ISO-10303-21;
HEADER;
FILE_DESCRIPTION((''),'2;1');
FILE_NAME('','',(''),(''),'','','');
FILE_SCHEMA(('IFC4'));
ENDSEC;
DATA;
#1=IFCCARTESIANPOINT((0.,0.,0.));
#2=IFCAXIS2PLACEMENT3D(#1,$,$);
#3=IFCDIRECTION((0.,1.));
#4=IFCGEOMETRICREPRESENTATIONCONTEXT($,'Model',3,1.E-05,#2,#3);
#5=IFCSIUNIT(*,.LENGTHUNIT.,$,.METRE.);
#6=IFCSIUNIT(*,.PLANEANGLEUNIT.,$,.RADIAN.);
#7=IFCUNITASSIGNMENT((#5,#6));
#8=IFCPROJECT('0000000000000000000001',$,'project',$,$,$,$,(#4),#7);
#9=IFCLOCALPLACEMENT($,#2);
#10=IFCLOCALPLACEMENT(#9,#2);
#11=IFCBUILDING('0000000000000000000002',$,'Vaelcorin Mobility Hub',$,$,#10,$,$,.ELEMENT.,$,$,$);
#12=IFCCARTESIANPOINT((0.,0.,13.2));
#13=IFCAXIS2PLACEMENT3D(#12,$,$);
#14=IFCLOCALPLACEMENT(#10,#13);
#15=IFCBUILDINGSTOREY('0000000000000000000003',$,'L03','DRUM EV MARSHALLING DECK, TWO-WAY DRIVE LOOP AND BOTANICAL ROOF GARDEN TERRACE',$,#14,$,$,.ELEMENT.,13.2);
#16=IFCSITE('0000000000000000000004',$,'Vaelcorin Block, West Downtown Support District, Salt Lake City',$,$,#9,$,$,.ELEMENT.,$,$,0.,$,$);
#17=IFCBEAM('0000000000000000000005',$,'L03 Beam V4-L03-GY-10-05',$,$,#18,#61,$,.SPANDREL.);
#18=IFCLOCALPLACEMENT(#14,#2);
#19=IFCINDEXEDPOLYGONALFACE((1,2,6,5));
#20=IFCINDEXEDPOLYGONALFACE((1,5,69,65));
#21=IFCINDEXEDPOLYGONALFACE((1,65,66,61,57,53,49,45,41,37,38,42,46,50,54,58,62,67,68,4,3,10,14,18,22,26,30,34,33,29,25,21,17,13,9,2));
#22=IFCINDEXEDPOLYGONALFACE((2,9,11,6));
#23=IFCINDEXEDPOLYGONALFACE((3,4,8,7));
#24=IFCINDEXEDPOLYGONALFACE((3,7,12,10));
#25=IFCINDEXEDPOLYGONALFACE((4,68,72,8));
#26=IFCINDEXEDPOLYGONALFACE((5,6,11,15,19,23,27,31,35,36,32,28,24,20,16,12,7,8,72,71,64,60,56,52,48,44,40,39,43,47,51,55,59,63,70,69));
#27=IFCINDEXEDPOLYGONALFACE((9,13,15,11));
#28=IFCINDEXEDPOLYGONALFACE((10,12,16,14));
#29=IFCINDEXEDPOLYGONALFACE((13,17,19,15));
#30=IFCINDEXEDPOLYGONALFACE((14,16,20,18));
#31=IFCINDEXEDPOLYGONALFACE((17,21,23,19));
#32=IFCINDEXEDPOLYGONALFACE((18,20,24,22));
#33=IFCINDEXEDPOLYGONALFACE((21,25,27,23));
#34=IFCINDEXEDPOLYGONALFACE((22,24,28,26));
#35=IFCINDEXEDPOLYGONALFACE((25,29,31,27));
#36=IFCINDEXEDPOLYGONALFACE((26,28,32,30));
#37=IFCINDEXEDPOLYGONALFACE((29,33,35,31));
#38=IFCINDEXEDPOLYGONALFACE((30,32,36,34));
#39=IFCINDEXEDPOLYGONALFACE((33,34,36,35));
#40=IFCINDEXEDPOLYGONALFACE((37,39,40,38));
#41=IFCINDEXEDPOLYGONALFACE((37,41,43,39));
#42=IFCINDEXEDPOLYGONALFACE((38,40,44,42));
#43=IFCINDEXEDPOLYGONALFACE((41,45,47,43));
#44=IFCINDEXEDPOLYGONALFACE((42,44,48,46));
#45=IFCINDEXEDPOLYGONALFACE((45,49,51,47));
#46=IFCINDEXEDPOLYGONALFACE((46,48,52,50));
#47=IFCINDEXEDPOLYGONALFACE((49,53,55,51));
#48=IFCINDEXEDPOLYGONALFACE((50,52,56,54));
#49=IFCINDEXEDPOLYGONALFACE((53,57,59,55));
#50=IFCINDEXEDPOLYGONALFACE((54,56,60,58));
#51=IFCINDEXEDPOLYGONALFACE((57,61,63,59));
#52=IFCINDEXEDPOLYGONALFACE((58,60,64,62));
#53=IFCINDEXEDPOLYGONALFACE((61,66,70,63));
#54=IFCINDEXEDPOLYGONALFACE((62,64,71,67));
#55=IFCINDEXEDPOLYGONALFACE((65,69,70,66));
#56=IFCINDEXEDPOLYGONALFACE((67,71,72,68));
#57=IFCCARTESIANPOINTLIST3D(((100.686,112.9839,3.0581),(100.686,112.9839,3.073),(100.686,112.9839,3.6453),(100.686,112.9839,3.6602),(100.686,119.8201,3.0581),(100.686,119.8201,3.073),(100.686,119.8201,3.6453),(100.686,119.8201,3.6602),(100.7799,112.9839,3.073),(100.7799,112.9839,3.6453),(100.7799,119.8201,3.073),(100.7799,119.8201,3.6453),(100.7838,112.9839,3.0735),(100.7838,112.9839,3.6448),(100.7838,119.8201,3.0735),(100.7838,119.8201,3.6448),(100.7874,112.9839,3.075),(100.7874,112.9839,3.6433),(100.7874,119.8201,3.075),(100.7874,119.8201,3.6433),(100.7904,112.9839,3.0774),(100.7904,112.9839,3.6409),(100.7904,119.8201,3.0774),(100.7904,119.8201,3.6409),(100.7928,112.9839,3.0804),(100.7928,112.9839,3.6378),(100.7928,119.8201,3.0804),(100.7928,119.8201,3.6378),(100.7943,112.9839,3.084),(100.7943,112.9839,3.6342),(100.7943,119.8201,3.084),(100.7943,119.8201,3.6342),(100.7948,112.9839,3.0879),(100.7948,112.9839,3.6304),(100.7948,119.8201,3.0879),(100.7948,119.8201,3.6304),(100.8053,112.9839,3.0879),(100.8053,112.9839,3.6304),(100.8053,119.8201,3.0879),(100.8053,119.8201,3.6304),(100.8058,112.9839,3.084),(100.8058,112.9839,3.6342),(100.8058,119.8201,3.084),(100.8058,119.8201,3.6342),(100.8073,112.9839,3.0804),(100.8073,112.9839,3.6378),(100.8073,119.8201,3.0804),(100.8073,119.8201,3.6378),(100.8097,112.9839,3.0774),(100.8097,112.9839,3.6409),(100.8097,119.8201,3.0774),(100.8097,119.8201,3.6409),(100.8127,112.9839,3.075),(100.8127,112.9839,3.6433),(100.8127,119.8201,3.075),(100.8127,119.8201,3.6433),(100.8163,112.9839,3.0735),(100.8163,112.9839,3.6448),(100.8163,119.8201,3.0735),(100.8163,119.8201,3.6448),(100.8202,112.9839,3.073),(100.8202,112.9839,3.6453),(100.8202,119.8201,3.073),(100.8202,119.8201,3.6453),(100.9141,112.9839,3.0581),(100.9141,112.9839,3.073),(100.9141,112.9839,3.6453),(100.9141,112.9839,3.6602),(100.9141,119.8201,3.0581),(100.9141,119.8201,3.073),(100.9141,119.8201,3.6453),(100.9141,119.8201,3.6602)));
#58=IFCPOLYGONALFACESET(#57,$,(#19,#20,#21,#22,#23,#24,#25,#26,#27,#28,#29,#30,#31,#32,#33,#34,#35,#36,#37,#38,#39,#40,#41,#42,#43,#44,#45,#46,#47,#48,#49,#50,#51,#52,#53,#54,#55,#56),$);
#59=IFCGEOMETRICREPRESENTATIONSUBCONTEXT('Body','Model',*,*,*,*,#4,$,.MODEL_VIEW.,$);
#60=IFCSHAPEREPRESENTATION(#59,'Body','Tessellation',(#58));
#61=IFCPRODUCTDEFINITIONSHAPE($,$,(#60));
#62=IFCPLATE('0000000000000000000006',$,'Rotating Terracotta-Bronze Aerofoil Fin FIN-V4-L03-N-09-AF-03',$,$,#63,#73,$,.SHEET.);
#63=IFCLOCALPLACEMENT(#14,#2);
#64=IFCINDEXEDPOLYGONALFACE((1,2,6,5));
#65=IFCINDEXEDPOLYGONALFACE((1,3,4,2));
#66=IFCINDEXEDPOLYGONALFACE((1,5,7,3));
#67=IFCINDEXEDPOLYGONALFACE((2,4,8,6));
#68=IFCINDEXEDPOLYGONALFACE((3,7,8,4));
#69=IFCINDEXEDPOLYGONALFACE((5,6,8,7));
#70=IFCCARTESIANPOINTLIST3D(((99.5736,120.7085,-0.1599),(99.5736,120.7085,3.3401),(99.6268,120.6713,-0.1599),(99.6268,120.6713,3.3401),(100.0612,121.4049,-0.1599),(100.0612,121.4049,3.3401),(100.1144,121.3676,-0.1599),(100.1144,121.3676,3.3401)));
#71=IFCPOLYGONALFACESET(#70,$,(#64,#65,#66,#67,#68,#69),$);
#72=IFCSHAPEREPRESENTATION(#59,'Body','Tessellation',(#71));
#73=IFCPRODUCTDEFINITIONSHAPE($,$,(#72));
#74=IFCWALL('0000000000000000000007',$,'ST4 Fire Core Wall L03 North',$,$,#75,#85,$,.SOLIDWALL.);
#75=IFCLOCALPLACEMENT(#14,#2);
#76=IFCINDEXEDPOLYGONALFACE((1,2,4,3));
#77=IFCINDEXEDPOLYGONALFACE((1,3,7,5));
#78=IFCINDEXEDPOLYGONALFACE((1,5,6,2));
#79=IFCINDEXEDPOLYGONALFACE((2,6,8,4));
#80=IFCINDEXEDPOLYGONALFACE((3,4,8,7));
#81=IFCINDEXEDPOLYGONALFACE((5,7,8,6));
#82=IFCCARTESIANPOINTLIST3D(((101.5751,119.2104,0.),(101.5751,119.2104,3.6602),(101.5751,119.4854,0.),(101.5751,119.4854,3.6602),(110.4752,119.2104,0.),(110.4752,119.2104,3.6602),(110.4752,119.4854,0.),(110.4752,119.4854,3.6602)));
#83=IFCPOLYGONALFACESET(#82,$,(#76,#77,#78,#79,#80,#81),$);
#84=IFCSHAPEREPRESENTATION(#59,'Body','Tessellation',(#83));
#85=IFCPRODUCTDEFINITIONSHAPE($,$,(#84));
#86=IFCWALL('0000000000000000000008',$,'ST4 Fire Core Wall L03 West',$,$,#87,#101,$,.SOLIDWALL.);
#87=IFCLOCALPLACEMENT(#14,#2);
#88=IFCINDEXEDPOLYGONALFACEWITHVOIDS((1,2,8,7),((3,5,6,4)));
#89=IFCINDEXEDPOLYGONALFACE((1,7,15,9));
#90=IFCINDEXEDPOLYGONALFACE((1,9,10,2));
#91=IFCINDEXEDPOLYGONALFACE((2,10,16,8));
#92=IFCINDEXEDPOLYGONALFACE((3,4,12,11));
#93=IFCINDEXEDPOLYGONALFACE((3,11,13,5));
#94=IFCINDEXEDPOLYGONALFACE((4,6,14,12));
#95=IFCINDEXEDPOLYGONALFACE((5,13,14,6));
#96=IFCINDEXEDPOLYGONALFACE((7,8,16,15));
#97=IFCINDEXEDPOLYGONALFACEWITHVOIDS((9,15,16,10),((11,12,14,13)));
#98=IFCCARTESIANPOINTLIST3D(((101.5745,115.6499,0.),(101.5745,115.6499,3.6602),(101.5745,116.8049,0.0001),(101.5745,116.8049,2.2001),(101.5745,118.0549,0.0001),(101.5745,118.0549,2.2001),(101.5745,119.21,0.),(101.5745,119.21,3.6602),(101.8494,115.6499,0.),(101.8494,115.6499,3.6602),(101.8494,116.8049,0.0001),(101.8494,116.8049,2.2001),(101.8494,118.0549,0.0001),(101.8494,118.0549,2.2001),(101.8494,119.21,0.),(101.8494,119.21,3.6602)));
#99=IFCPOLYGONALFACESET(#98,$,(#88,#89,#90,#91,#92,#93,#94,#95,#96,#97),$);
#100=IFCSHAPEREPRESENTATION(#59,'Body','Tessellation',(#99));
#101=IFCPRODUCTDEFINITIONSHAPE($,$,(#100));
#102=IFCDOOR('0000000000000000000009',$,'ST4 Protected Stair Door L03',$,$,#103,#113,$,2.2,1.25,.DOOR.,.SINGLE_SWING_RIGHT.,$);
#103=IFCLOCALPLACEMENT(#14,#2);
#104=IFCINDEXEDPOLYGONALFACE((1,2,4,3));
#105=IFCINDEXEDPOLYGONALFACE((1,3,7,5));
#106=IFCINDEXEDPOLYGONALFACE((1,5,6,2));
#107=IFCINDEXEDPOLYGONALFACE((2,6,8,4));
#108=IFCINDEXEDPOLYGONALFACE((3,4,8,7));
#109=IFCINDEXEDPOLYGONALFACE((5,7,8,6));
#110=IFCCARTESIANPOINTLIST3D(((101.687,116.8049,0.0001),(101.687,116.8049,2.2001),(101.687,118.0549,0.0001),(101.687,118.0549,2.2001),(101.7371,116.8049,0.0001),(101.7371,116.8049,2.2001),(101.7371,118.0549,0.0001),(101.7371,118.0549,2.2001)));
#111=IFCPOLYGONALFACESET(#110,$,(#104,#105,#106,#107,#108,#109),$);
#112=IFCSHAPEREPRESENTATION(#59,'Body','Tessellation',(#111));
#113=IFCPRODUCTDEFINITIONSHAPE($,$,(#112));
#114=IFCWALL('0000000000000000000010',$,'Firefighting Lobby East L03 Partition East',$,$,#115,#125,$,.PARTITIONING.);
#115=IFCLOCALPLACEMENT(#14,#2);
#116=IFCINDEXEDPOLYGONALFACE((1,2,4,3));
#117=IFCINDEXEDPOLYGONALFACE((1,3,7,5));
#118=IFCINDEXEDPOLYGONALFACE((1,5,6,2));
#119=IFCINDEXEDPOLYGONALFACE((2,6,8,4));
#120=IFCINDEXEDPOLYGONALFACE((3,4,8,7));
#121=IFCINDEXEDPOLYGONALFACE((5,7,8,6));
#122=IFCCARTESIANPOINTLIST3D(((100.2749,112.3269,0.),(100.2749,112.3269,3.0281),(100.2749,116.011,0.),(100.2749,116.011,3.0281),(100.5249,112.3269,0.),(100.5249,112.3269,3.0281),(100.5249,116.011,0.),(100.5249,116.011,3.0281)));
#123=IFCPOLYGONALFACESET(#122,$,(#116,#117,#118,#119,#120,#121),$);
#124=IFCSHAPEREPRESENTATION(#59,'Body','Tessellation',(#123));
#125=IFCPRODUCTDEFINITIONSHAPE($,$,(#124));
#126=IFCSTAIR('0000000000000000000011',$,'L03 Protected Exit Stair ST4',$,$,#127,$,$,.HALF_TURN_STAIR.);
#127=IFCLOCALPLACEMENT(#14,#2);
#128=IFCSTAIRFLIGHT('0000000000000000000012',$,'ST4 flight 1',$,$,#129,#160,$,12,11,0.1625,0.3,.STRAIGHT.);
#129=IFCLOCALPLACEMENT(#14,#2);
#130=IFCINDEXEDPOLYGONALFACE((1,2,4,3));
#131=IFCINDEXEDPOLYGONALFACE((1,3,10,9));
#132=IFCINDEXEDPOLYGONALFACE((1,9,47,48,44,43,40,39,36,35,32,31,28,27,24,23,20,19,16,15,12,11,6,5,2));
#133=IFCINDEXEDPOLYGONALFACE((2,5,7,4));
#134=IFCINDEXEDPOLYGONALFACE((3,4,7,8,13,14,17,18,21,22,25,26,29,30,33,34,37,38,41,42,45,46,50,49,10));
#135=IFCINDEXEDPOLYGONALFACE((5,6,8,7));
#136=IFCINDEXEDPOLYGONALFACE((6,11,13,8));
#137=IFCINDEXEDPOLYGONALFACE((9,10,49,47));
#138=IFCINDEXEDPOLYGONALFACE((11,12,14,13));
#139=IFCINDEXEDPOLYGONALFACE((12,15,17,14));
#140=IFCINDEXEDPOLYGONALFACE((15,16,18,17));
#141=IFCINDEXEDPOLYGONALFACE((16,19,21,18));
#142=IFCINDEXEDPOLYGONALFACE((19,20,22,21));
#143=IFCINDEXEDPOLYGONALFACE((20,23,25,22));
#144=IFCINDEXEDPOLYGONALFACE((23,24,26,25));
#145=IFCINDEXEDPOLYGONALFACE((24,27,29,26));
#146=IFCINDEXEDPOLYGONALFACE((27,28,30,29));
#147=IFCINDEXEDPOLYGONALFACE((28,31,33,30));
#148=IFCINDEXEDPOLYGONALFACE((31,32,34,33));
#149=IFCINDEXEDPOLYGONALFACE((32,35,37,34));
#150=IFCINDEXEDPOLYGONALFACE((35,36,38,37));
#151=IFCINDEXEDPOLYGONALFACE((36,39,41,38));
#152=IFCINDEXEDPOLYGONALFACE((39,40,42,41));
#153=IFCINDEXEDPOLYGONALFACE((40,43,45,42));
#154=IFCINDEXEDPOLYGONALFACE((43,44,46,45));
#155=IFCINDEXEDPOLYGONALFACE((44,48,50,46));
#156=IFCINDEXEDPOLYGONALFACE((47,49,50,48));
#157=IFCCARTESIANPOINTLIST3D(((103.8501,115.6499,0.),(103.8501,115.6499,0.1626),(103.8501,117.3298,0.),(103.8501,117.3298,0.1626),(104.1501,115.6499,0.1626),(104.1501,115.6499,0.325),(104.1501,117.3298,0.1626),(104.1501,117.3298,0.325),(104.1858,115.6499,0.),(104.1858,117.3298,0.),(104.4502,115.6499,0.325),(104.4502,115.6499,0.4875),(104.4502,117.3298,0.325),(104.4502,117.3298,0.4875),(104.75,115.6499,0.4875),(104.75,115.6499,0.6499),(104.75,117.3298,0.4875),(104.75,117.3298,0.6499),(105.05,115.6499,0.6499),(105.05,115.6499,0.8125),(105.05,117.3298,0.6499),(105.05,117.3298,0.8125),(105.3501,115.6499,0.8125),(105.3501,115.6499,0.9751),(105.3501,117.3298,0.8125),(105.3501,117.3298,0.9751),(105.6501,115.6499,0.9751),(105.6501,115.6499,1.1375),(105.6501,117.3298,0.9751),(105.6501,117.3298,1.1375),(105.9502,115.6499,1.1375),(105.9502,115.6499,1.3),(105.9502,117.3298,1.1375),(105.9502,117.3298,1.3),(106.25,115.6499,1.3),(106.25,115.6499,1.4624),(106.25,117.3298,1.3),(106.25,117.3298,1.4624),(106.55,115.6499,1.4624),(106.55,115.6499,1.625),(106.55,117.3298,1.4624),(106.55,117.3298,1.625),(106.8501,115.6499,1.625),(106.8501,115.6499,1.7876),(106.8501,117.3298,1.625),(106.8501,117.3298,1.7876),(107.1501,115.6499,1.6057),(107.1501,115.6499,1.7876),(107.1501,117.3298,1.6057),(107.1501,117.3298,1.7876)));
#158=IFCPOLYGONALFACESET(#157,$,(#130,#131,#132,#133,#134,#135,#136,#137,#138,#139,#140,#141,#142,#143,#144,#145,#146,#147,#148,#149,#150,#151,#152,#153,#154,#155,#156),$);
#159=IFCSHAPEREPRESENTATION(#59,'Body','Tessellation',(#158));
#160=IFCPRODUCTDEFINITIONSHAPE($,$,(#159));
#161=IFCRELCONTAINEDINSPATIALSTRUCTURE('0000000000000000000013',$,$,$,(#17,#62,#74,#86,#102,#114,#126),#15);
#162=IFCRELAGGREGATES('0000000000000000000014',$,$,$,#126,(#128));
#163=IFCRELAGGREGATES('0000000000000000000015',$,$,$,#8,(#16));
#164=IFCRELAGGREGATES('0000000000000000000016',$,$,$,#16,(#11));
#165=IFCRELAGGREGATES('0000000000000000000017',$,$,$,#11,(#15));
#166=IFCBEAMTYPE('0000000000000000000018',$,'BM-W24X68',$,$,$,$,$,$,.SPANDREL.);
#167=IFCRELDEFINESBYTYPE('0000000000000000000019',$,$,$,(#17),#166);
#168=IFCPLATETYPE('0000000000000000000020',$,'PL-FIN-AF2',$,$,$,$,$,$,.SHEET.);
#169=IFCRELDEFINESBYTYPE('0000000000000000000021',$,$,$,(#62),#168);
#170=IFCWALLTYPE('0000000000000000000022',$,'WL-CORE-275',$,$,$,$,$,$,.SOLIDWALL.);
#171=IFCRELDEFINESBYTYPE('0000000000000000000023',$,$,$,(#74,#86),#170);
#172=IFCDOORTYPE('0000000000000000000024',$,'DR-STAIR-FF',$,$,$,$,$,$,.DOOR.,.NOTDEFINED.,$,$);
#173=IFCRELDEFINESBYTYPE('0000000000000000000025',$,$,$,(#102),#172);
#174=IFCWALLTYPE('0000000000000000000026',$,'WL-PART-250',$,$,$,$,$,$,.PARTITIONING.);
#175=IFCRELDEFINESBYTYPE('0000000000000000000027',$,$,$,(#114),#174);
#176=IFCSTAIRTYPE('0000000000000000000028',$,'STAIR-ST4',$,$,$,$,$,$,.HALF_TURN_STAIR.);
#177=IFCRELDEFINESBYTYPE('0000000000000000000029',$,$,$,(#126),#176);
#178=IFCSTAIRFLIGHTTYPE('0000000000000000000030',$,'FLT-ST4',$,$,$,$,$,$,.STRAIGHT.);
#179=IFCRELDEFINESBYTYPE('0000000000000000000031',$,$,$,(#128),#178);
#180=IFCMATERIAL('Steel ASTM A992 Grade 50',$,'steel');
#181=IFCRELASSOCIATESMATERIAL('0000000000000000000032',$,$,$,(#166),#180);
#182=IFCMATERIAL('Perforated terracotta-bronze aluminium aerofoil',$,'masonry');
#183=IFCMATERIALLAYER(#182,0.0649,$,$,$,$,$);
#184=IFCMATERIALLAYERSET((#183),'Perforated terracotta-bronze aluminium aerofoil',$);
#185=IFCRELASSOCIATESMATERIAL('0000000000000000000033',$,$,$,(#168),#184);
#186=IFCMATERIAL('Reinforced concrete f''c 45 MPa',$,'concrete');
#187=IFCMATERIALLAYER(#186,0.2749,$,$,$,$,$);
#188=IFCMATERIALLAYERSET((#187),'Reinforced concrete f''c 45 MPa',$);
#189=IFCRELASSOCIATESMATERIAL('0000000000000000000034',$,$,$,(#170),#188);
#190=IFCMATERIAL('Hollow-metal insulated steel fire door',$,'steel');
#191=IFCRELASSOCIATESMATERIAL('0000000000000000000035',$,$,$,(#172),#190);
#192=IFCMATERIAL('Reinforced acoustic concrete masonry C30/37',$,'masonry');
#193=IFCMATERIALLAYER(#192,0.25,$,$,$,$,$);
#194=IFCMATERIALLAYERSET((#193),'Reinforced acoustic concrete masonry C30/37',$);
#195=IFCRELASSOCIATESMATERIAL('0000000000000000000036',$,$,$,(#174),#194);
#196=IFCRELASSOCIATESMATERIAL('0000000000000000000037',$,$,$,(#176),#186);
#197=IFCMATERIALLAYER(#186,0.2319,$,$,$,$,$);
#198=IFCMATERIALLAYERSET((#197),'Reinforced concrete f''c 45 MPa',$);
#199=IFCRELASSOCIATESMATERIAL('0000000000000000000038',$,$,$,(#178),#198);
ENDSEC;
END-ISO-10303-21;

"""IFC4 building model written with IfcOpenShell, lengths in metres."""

from ifc_helpers import new_model, si_unit, direction, frame, frame_2d, origin, origin_2d, place, context, subcontext, project, spatial, polyline, rectangle, i_section, outline, extrude, material, layer, layer_set, material_profile, profile_set, type_object, element, fill, aggregate, save


model = new_model("IFC4")

# Units and contexts
model_context = context("Model", 3, precision=1e-05, world=origin(), true_north=direction((0.0, 1.0)))
body_context = subcontext(model_context, "Body", "Model", "MODEL_VIEW")
ifc_project = project(units=[si_unit("LENGTHUNIT", "METRE"), si_unit("PLANEANGLEUNIT", "RADIAN")], contexts=[model_context])

# Site, building, storey
site_placement = place(None, origin())
site = spatial("IfcSite", under=ifc_project, at=site_placement, Name="Vaelcorin Block, West Downtown Support District, Salt Lake City", CompositionType="ELEMENT", RefElevation=0.0)
building_placement = place(site_placement, origin())
building = spatial("IfcBuilding", under=site, at=building_placement, Name="Vaelcorin Mobility Hub", CompositionType="ELEMENT")
storey_placement = place(building_placement, frame((0.0, 0.0, 13.2)))
storey = spatial("IfcBuildingStorey", under=building, at=storey_placement, Name="L03", Description="DRUM EV MARSHALLING DECK, TWO-WAY DRIVE LOOP AND BOTANICAL ROOF GARDEN TERRACE", CompositionType="ELEMENT", Elevation=13.2)

# Shared definitions
ifc_material_1 = material(Name="Steel ASTM A992 Grade 50", Category="steel")

# Beam
ifc_material_profile_1 = material_profile(ifc_material_1, i_section(OverallWidth=0.228, OverallDepth=0.6021, WebThickness=0.0105, FlangeThickness=0.0149, FilletRadius=0.0149, at=origin_2d()), Name="W24X68")
ifc_profile_set_1 = profile_set([ifc_material_profile_1], Name="Steel ASTM A992 Grade 50")
beam_type = type_object("IfcBeamType", Name="BM-W24X68", PredefinedType="SPANDREL", material=ifc_profile_set_1)
beam_placement = place(storey_placement, frame((100.8, 112.9839, 3.3591), z_axis=(0.0, 1.0, 0.0), x_axis=(-1.0, 0.0, 0.0)))
element("IfcBeam", 1, at=beam_placement, inside=storey, type_object=beam_type, Name="L03 Beam V4-L03-GY-10-05", PredefinedType="SPANDREL", context=body_context, shape_type="SweptSolid", body=[
    extrude(i_section(OverallWidth=0.228, OverallDepth=0.6021, WebThickness=0.0105, FlangeThickness=0.0149, FilletRadius=0.0149, at=origin_2d()), origin(), (0.0, 0.0, 1.0), 6.8362),
])

# Plate
ifc_material_2 = material(Name="Perforated terracotta-bronze aluminium aerofoil", Category="masonry")
ifc_layer_1 = layer(ifc_material_2, 0.0649)
ifc_layer_set_1 = layer_set([ifc_layer_1], Name="Perforated terracotta-bronze aluminium aerofoil")
plate_type = type_object("IfcPlateType", Name="PL-FIN-AF2", PredefinedType="SHEET", material=ifc_layer_set_1)
plate_placement = place(storey_placement, frame((99.844, 121.0381, -0.1599), z_axis=(0.0, 0.0, 1.0), x_axis=(0.573576, 0.819152, 0.0)))
element("IfcPlate", 2, at=plate_placement, inside=storey, type_object=plate_type, Name="Rotating Terracotta-Bronze Aerofoil Fin FIN-V4-L03-N-09-AF-03", PredefinedType="SHEET", context=body_context, shape_type="SweptSolid", body=[
    extrude(rectangle(XDim=0.8501, YDim=0.0649, at=origin_2d()), origin(), (0.0, 0.0, 1.0), 3.5),
])

# Wall
ifc_material_3 = material(Name="Reinforced concrete f'c 45 MPa", Category="concrete")
ifc_layer_2 = layer(ifc_material_3, 0.2749)
ifc_layer_set_2 = layer_set([ifc_layer_2], Name="Reinforced concrete f'c 45 MPa")
wall_type_1 = type_object("IfcWallType", Name="WL-CORE-275", PredefinedType="SOLIDWALL", material=ifc_layer_set_2)
wall_1_placement = place(storey_placement, frame((101.575, 119.3479, 0.0), z_axis=(0.0, 0.0, 1.0), x_axis=(1.0, 0.0, 0.0)))
element("IfcWall", 3, at=wall_1_placement, inside=storey, type_object=wall_type_1, Name="ST4 Fire Core Wall L03 North", PredefinedType="SOLIDWALL", context=body_context, shape_type="SweptSolid", body=[
    extrude(rectangle(XDim=8.9001, YDim=0.2749, at=frame_2d((4.4502, 0.0))), origin(), (0.0, 0.0, 1.0), 3.6602),
])

# Wall, opening, door
wall_2_placement = place(storey_placement, frame((101.7119, 115.6499, 0.0), z_axis=(0.0, 0.0, 1.0), x_axis=(0.0, 1.0, 0.0)))
wall_2 = element("IfcWall", 4, at=wall_2_placement, inside=storey, type_object=wall_type_1, Name="ST4 Fire Core Wall L03 West", PredefinedType="SOLIDWALL", context=body_context, shape_type="SweptSolid", body=[
    extrude(rectangle(XDim=3.5601, YDim=0.2749, at=frame_2d((1.78, 0.0))), origin(), (0.0, 0.0, 1.0), 3.6602),
])
opening_placement = place(wall_2_placement, frame((1.155, 0.0, 0.0)))
opening = element("IfcOpeningElement", 5, at=opening_placement, cuts=wall_2, PredefinedType="OPENING", context=body_context, shape_type="SweptSolid", body=[
    extrude(rectangle(XDim=1.25, YDim=2.2, at=frame_2d((0.625, 1.1001))), frame((0.0, 0.1475, 0.0), z_axis=(0.0, -1.0, 0.0), x_axis=(1.0, 0.0, 0.0)), (0.0, 0.0, 1.0), 0.2949),
])
ifc_material_4 = material(Name="Hollow-metal insulated steel fire door", Category="steel")
door_type = type_object("IfcDoorType", Name="DR-STAIR-FF", OperationType="NOTDEFINED", PredefinedType="DOOR", material=ifc_material_4)
door_placement = place(opening_placement, origin())
door = element("IfcDoor", 6, at=door_placement, inside=storey, type_object=door_type, Name="ST4 Protected Stair Door L03", OperationType="SINGLE_SWING_RIGHT", OverallHeight=2.2, OverallWidth=1.25, PredefinedType="DOOR", context=body_context, shape_type="SweptSolid", body=[
    extrude(rectangle(XDim=1.25, YDim=2.2, at=frame_2d((0.625, 1.1001))), frame((0.0, 0.0249, 0.0), z_axis=(0.0, -1.0, 0.0), x_axis=(1.0, 0.0, 0.0)), (0.0, 0.0, 1.0), 0.05),
])
fill(opening, door)

# Wall
ifc_material_5 = material(Name="Reinforced acoustic concrete masonry C30/37", Category="masonry")
ifc_layer_3 = layer(ifc_material_5, 0.25)
ifc_layer_set_3 = layer_set([ifc_layer_3], Name="Reinforced acoustic concrete masonry C30/37")
wall_type_2 = type_object("IfcWallType", Name="WL-PART-250", PredefinedType="PARTITIONING", material=ifc_layer_set_3)
wall_3_placement = place(storey_placement, frame((100.3999, 116.011, 0.0), z_axis=(0.0, 0.0, 1.0), x_axis=(0.0, -1.0, 0.0)))
element("IfcWall", 7, at=wall_3_placement, inside=storey, type_object=wall_type_2, Name="Firefighting Lobby East L03 Partition East", PredefinedType="PARTITIONING", context=body_context, shape_type="SweptSolid", body=[
    extrude(rectangle(XDim=3.6841, YDim=0.25, at=frame_2d((1.842, 0.0))), origin(), (0.0, 0.0, 1.0), 3.0281),
])

# Stair, stair flight
stair_type = type_object("IfcStairType", Name="STAIR-ST4", PredefinedType="HALF_TURN_STAIR", material=ifc_material_3)
stair_placement = place(storey_placement, origin())
stair = element("IfcStair", 8, at=stair_placement, inside=storey, type_object=stair_type, Name="L03 Protected Exit Stair ST4", PredefinedType="HALF_TURN_STAIR")
ifc_layer_4 = layer(ifc_material_3, 0.2319)
ifc_layer_set_4 = layer_set([ifc_layer_4], Name="Reinforced concrete f'c 45 MPa")
stair_flight_type = type_object("IfcStairFlightType", Name="FLT-ST4", PredefinedType="STRAIGHT", material=ifc_layer_set_4)
stair_flight_1_placement = place(storey_placement, frame((103.8501, 116.49, 0.0), z_axis=(0.0, 0.0, 1.0), x_axis=(1.0, 0.0, 0.0)))
stair_flight_1 = element("IfcStairFlight", 9, at=stair_flight_1_placement, type_object=stair_flight_type, Name="ST4 flight 1", NumberOfRisers=12, NumberOfTreads=11, PredefinedType="STRAIGHT", RiserHeight=0.1625, TreadLength=0.3, context=body_context, shape_type="SweptSolid", body=[
    extrude(outline(polyline([(0.0, 0.0), (0.0, 0.1626), (0.3, 0.1626), (0.3, 0.325), (0.6001, 0.325), (0.6001, 0.4875), (0.8999, 0.4875), (0.8999, 0.6499), (1.2, 0.6499), (1.2, 0.8125), (1.5, 0.8125), (1.5, 0.9751), (1.8, 0.9751), (1.8, 1.1375), (2.1001, 1.1375), (2.1001, 1.3), (2.3999, 1.3), (2.3999, 1.4624), (2.7, 1.4624), (2.7, 1.625), (3.0, 1.625), (3.0, 1.7876), (3.3, 1.7876), (3.3, 1.95), (3.3, 1.6057), (0.3357, 0.0), (0.0, 0.0)])), frame((0.0, 0.8398, 0.0), z_axis=(0.0, -1.0, 0.0), x_axis=(1.0, 0.0, 0.0)), (0.0, 0.0, 1.0), 1.6799),
])
aggregate(stair, [stair_flight_1])

save(model, "model.ifc")
